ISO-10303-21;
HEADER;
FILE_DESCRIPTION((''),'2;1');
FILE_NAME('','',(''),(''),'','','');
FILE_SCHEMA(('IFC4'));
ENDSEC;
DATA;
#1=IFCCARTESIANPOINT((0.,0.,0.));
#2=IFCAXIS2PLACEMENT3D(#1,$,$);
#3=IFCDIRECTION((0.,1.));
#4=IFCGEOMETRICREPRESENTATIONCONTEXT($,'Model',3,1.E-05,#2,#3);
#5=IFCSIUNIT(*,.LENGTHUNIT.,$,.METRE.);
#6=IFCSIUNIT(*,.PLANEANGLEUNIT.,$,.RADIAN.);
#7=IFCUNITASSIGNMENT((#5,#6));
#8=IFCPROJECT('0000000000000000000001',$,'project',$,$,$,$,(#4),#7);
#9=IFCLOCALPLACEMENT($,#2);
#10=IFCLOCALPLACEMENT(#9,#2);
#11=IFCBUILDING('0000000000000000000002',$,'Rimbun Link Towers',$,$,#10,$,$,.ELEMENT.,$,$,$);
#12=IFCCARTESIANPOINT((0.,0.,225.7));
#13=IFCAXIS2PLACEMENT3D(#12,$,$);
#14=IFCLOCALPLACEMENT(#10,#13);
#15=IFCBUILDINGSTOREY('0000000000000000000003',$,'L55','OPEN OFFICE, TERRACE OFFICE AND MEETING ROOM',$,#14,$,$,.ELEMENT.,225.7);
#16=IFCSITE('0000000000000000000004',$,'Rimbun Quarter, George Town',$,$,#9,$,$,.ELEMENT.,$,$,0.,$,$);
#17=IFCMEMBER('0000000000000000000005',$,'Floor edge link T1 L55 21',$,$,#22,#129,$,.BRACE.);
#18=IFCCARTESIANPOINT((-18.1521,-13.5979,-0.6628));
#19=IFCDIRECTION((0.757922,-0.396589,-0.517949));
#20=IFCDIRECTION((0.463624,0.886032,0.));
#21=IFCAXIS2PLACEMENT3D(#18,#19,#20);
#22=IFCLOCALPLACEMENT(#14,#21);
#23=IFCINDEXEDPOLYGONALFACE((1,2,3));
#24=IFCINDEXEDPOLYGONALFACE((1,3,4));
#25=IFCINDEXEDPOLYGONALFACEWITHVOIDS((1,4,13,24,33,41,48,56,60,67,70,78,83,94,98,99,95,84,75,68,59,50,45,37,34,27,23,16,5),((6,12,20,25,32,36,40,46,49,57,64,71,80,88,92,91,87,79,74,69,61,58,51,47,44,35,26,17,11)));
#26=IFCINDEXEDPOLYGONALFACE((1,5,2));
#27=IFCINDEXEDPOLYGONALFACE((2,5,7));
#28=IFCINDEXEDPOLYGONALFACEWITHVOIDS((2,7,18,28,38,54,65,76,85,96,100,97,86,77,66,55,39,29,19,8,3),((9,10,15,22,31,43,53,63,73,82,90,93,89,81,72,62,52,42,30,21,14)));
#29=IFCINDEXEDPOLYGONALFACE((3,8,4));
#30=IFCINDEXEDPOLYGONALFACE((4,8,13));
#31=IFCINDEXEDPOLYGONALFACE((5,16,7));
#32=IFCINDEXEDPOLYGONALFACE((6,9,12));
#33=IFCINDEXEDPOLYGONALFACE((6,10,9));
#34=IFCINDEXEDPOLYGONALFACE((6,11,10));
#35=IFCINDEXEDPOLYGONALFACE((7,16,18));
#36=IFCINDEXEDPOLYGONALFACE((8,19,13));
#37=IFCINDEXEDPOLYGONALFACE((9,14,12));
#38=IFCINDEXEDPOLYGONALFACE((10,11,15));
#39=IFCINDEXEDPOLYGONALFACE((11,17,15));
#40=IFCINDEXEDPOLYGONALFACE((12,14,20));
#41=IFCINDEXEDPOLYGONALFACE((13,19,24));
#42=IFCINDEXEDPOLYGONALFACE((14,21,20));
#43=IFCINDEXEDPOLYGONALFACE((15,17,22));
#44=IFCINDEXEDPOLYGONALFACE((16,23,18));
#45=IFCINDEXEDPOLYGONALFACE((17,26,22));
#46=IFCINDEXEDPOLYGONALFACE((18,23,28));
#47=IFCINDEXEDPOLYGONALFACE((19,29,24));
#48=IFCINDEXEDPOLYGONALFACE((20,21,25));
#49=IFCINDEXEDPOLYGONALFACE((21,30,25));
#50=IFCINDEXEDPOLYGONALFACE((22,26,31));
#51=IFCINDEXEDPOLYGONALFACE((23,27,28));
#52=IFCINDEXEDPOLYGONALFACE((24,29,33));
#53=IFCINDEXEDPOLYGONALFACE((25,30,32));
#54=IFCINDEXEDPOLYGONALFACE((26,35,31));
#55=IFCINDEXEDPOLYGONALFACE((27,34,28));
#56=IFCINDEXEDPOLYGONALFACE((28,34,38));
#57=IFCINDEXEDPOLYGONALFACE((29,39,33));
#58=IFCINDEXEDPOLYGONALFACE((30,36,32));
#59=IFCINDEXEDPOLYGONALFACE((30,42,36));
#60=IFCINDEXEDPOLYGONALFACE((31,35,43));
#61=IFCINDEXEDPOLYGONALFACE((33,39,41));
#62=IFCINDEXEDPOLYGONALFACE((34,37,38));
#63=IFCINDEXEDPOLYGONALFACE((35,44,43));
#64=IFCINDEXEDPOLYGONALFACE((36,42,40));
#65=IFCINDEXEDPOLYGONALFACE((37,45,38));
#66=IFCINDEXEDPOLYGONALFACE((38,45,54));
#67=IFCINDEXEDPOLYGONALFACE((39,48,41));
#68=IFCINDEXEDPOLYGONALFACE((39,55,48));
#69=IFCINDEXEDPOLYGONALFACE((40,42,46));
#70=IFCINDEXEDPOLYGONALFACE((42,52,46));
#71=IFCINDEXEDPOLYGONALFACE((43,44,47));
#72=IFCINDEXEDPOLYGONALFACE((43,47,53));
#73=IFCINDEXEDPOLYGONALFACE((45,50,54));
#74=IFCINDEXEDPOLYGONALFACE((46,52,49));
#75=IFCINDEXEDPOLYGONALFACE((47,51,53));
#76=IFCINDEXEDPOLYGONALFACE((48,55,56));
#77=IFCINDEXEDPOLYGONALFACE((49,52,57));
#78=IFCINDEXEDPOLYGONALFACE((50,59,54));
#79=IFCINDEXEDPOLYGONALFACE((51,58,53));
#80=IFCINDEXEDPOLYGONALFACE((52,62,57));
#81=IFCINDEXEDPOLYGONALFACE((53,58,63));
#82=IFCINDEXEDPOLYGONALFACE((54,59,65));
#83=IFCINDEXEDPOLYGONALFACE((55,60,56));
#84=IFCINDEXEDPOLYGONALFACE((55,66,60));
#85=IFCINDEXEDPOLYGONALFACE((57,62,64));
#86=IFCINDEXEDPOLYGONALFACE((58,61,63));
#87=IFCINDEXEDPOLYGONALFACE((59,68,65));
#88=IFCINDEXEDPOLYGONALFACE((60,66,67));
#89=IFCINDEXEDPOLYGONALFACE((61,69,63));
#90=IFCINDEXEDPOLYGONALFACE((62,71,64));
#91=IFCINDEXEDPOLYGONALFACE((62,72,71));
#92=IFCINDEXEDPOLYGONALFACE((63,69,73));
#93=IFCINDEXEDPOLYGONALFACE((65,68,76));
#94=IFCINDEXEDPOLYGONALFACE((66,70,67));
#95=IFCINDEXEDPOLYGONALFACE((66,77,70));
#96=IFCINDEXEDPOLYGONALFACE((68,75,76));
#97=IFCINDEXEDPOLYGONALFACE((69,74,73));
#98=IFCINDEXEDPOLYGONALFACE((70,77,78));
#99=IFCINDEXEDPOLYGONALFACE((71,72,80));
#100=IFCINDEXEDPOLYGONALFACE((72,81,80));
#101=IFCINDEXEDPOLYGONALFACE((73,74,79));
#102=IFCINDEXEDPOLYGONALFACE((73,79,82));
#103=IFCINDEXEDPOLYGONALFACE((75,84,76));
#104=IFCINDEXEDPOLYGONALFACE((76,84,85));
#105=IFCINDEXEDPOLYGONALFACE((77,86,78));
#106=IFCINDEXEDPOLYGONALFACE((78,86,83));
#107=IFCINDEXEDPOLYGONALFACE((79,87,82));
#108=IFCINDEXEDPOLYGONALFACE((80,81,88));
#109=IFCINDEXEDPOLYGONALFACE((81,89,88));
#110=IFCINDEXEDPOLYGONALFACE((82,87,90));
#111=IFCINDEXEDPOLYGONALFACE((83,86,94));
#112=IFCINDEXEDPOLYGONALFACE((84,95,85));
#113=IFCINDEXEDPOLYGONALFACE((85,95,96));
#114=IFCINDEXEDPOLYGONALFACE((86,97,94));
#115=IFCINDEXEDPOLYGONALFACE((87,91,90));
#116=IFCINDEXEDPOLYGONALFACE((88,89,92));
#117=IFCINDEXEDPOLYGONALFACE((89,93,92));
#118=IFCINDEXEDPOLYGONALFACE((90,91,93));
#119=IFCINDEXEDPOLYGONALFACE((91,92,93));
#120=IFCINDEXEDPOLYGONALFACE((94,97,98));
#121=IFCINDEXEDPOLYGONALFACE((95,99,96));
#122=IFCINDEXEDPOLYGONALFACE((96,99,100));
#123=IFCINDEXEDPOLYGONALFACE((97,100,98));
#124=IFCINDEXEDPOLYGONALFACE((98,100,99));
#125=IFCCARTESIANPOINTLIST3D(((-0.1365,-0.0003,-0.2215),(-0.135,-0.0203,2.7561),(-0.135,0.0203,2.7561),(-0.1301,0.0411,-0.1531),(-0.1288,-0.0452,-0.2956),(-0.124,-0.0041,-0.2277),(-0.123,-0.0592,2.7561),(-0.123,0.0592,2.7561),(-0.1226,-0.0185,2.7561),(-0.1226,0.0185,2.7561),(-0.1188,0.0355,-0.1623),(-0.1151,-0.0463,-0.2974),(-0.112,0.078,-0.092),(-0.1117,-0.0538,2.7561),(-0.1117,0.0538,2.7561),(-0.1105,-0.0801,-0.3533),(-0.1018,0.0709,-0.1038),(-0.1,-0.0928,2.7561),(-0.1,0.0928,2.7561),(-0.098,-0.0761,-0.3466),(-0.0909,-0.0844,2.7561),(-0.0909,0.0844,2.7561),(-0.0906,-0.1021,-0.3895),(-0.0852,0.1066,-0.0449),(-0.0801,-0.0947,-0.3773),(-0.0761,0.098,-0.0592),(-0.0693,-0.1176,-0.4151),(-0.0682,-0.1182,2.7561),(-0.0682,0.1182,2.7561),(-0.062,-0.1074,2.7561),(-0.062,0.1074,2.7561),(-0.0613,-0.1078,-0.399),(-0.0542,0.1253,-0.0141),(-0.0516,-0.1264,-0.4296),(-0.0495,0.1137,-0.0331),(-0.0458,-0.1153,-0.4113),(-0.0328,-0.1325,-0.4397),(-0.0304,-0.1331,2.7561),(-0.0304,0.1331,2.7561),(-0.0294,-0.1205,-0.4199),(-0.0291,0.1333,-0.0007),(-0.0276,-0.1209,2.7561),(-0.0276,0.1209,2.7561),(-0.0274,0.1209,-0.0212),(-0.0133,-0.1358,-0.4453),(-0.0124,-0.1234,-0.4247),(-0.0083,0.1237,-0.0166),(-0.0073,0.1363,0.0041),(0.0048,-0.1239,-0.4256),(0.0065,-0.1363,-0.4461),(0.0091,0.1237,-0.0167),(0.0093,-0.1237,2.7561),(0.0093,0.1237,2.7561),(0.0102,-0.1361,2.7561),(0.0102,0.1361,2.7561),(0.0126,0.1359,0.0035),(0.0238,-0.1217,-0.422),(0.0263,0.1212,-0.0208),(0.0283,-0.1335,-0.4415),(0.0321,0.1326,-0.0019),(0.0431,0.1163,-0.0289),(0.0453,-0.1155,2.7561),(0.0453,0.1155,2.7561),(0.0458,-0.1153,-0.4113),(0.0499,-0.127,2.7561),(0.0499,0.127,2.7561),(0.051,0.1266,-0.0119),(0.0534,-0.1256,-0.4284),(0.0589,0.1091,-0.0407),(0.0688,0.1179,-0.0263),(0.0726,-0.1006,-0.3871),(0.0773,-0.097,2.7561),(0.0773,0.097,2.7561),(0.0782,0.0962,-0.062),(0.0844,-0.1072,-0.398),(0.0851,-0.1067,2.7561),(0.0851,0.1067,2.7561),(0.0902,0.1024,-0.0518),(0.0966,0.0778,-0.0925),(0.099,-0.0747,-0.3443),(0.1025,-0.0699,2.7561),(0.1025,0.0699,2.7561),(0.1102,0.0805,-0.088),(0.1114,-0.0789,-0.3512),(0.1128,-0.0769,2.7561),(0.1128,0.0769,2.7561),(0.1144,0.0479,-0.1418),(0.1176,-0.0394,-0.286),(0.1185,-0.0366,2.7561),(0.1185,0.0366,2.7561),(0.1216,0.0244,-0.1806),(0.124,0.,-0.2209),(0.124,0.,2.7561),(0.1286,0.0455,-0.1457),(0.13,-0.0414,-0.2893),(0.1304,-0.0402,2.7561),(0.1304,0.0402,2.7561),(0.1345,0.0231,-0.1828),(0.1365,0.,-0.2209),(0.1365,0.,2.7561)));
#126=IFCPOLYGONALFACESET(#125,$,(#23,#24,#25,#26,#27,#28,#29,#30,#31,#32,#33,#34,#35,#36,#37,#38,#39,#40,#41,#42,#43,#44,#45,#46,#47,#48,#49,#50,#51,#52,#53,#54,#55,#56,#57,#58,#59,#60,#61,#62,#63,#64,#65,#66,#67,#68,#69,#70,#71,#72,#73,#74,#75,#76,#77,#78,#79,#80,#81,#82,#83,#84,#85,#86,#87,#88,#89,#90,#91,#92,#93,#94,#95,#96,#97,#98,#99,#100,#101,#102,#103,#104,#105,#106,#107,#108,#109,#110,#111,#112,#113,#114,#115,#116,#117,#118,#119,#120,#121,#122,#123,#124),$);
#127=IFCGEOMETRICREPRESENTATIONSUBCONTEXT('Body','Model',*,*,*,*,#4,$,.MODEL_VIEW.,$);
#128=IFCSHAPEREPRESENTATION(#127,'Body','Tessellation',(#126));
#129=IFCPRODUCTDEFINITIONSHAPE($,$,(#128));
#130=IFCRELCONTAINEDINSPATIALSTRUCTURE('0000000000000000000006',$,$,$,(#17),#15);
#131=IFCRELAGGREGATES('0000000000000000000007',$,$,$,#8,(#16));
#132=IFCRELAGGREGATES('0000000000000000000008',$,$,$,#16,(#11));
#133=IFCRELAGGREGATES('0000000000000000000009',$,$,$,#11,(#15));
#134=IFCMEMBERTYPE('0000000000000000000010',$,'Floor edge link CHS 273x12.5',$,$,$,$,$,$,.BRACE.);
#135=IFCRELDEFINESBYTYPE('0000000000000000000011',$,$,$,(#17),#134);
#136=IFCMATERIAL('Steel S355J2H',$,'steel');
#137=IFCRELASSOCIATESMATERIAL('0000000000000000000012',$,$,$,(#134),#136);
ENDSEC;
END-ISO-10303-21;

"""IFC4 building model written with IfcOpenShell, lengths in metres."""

from ifc_helpers import new_model, si_unit, direction, frame, origin, origin_2d, place, context, subcontext, project, spatial, hollow_circle, extrude, clip, halfspace, material, material_profile, profile_set, type_object, element, save


model = new_model("IFC4")

# Units and contexts
model_context = context("Model", 3, precision=1e-05, world=origin(), true_north=direction((0.0, 1.0)))
body_context = subcontext(model_context, "Body", "Model", "MODEL_VIEW")
ifc_project = project(units=[si_unit("LENGTHUNIT", "METRE"), si_unit("PLANEANGLEUNIT", "RADIAN")], contexts=[model_context])

# Site, building, storey
site_placement = place(None, origin())
site = spatial("IfcSite", under=ifc_project, at=site_placement, Name="Rimbun Quarter, George Town", CompositionType="ELEMENT", RefElevation=0.0)
building_placement = place(site_placement, origin())
building = spatial("IfcBuilding", under=site, at=building_placement, Name="Rimbun Link Towers", CompositionType="ELEMENT")
storey_placement = place(building_placement, frame((0.0, 0.0, 225.7)))
storey = spatial("IfcBuildingStorey", under=building, at=storey_placement, Name="L55", Description="OPEN OFFICE, TERRACE OFFICE AND MEETING ROOM", CompositionType="ELEMENT", Elevation=225.7)

# Member
ifc_material_1 = material(Name="Steel S355J2H", Category="steel")
ifc_material_profile_1 = material_profile(ifc_material_1, hollow_circle(Radius=0.1365, WallThickness=0.0125, at=origin_2d()), Name="CHS 273x12.5")
ifc_profile_set_1 = profile_set([ifc_material_profile_1], Name="Steel S355J2H")
member_type = type_object("IfcMemberType", Name="Floor edge link CHS 273x12.5", PredefinedType="BRACE", material=ifc_profile_set_1)
member_1_placement = place(storey_placement, frame((-18.1521, -13.5979, -0.6628), z_axis=(0.757922, -0.396589, -0.517949), x_axis=(0.463624, 0.886032, 0.0)))
element("IfcMember", 1, at=member_1_placement, inside=storey, type_object=member_type, Name="Floor edge link T1 L55 21", PredefinedType="BRACE", context=body_context, shape_type="Clipping", body=[
    clip(extrude(hollow_circle(Radius=0.1365, WallThickness=0.0125, at=origin_2d()), frame((0.0, 0.0, -0.4702)), (0.0, 0.0, 1.0), 3.2263), halfspace(frame((0.0, 0.0, -0.2209), z_axis=(0.0, 0.855412, -0.517949)), False)),
])

save(model, "model.ifc")
